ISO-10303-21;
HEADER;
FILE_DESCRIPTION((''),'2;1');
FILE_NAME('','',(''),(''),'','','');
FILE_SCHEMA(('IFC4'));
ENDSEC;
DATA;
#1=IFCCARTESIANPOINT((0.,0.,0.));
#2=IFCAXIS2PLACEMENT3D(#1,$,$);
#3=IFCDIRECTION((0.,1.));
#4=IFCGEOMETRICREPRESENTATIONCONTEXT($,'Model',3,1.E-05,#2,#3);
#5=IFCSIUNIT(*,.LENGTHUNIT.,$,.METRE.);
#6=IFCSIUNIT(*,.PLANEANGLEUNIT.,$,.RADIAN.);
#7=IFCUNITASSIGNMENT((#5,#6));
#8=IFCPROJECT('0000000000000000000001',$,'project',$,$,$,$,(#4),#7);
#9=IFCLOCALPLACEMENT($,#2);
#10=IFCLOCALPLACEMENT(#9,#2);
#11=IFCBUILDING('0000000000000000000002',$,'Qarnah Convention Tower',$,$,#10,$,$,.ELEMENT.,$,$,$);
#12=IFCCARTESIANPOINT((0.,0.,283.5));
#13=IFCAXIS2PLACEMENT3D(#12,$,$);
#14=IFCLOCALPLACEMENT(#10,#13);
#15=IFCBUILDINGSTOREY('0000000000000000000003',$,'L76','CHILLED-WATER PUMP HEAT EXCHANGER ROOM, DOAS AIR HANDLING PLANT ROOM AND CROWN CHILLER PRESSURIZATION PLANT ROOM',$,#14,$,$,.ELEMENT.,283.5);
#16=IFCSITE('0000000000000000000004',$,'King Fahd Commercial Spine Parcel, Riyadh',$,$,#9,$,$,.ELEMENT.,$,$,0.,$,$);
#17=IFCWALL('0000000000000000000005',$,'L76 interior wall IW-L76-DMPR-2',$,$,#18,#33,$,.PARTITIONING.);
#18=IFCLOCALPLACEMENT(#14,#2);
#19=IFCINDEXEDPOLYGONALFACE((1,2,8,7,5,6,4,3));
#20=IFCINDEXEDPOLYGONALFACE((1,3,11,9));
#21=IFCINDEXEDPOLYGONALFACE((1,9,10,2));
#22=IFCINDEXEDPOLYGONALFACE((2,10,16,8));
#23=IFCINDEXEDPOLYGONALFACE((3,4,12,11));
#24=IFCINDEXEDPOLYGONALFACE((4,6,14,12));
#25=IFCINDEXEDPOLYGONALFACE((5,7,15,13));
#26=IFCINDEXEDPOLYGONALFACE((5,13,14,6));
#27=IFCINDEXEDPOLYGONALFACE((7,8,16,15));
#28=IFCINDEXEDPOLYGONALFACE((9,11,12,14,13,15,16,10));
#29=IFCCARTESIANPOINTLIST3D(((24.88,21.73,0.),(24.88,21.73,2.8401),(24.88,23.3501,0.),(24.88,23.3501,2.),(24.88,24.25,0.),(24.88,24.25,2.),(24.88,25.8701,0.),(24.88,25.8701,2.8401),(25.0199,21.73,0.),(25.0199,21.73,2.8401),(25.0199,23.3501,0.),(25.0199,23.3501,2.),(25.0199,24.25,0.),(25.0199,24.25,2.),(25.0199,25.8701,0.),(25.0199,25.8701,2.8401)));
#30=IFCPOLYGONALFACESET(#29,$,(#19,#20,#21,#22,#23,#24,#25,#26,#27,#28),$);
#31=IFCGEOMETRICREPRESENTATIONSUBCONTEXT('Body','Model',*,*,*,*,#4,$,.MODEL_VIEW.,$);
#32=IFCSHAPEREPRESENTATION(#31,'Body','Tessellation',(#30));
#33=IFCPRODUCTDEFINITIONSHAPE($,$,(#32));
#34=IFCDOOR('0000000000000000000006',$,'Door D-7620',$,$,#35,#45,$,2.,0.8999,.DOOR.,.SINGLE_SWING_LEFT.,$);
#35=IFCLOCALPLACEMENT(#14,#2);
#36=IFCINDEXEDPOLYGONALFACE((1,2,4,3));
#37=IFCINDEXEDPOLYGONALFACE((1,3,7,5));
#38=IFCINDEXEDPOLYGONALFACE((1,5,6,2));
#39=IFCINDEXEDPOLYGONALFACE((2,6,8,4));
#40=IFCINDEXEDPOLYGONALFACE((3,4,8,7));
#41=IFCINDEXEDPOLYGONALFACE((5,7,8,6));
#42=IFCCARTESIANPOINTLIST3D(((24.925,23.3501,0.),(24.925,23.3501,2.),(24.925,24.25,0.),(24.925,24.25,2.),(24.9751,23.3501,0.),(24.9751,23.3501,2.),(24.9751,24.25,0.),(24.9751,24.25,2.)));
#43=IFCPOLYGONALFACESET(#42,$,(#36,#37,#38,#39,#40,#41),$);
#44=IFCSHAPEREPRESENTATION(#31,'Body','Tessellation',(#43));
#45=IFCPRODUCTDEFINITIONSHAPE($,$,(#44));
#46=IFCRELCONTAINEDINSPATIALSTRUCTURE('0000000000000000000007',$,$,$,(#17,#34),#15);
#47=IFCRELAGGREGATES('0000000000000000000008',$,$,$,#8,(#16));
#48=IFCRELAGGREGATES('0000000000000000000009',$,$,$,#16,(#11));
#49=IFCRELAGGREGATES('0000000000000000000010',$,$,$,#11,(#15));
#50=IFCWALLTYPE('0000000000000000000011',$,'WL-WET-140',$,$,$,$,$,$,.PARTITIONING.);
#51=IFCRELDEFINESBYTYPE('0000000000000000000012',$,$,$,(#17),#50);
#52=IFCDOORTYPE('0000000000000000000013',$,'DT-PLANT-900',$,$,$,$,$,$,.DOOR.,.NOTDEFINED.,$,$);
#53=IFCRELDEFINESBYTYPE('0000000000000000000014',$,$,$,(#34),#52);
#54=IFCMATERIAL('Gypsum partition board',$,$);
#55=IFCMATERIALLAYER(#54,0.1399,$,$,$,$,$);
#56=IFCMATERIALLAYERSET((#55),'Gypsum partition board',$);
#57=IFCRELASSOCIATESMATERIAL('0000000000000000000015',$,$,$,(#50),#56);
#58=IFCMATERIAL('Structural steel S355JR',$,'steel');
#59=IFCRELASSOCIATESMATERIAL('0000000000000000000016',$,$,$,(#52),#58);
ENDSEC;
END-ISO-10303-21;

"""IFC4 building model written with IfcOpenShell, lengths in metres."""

from ifc_helpers import new_model, si_unit, direction, frame, frame_2d, origin, place, context, subcontext, project, spatial, rectangle, extrude, material, layer, layer_set, type_object, element, fill, save


model = new_model("IFC4")

# Units and contexts
model_context = context("Model", 3, precision=1e-05, world=origin(), true_north=direction((0.0, 1.0)))
body_context = subcontext(model_context, "Body", "Model", "MODEL_VIEW")
ifc_project = project(units=[si_unit("LENGTHUNIT", "METRE"), si_unit("PLANEANGLEUNIT", "RADIAN")], contexts=[model_context])

# Site, building, storey
site_placement = place(None, origin())
site = spatial("IfcSite", under=ifc_project, at=site_placement, Name="King Fahd Commercial Spine Parcel, Riyadh", CompositionType="ELEMENT", RefElevation=0.0)
building_placement = place(site_placement, origin())
building = spatial("IfcBuilding", under=site, at=building_placement, Name="Qarnah Convention Tower", CompositionType="ELEMENT")
storey_placement = place(building_placement, frame((0.0, 0.0, 283.5)))
storey = spatial("IfcBuildingStorey", under=building, at=storey_placement, Name="L76", Description="CHILLED-WATER PUMP HEAT EXCHANGER ROOM, DOAS AIR HANDLING PLANT ROOM AND CROWN CHILLER PRESSURIZATION PLANT ROOM", CompositionType="ELEMENT", Elevation=283.5)

# Shared definitions
ifc_material_1 = material(Name="Structural steel S355JR", Category="steel")

# Shared definitions
ifc_material_2 = material(Name="Gypsum partition board")
ifc_layer_1 = layer(ifc_material_2, 0.1399)
ifc_layer_set_1 = layer_set([ifc_layer_1], Name="Gypsum partition board")
wall_type_1 = type_object("IfcWallType", Name="WL-WET-140", PredefinedType="PARTITIONING", material=ifc_layer_set_1)

# Wall, opening, door
wall_1_placement = place(storey_placement, frame((24.95, 21.73, 0.0), z_axis=(0.0, 0.0, 1.0), x_axis=(0.0, 1.0, 0.0)))
wall_1 = element("IfcWall", 1, at=wall_1_placement, inside=storey, type_object=wall_type_1, Name="L76 interior wall IW-L76-DMPR-2", PredefinedType="PARTITIONING", context=body_context, shape_type="SweptSolid", body=[
    extrude(rectangle(XDim=4.1401, YDim=0.1399, at=frame_2d((2.0701, 0.0))), origin(), (0.0, 0.0, 1.0), 2.8401),
])
opening_1_placement = place(wall_1_placement, frame((1.6201, 0.0, 0.0)))
opening_1 = element("IfcOpeningElement", 2, at=opening_1_placement, cuts=wall_1, PredefinedType="OPENING", context=body_context, shape_type="SweptSolid", body=[
    extrude(rectangle(XDim=0.8999, YDim=2.0, at=frame_2d((0.45, 1.0))), frame((0.0, 0.0798, 0.0), z_axis=(0.0, -1.0, 0.0), x_axis=(1.0, 0.0, 0.0)), (0.0, 0.0, 1.0), 0.1599),
])
door_type_1 = type_object("IfcDoorType", Name="DT-PLANT-900", OperationType="NOTDEFINED", PredefinedType="DOOR", material=ifc_material_1)
door_1_placement = place(opening_1_placement, origin())
door_1 = element("IfcDoor", 3, at=door_1_placement, inside=storey, type_object=door_type_1, Name="Door D-7620", OperationType="SINGLE_SWING_LEFT", OverallHeight=2.0, OverallWidth=0.8999, PredefinedType="DOOR", context=body_context, shape_type="SweptSolid", body=[
    extrude(rectangle(XDim=0.8999, YDim=2.0, at=frame_2d((0.45, 1.0))), frame((0.0, 0.0249, 0.0), z_axis=(0.0, -1.0, 0.0), x_axis=(1.0, 0.0, 0.0)), (0.0, 0.0, 1.0), 0.05),
])
fill(opening_1, door_1)

save(model, "model.ifc")
